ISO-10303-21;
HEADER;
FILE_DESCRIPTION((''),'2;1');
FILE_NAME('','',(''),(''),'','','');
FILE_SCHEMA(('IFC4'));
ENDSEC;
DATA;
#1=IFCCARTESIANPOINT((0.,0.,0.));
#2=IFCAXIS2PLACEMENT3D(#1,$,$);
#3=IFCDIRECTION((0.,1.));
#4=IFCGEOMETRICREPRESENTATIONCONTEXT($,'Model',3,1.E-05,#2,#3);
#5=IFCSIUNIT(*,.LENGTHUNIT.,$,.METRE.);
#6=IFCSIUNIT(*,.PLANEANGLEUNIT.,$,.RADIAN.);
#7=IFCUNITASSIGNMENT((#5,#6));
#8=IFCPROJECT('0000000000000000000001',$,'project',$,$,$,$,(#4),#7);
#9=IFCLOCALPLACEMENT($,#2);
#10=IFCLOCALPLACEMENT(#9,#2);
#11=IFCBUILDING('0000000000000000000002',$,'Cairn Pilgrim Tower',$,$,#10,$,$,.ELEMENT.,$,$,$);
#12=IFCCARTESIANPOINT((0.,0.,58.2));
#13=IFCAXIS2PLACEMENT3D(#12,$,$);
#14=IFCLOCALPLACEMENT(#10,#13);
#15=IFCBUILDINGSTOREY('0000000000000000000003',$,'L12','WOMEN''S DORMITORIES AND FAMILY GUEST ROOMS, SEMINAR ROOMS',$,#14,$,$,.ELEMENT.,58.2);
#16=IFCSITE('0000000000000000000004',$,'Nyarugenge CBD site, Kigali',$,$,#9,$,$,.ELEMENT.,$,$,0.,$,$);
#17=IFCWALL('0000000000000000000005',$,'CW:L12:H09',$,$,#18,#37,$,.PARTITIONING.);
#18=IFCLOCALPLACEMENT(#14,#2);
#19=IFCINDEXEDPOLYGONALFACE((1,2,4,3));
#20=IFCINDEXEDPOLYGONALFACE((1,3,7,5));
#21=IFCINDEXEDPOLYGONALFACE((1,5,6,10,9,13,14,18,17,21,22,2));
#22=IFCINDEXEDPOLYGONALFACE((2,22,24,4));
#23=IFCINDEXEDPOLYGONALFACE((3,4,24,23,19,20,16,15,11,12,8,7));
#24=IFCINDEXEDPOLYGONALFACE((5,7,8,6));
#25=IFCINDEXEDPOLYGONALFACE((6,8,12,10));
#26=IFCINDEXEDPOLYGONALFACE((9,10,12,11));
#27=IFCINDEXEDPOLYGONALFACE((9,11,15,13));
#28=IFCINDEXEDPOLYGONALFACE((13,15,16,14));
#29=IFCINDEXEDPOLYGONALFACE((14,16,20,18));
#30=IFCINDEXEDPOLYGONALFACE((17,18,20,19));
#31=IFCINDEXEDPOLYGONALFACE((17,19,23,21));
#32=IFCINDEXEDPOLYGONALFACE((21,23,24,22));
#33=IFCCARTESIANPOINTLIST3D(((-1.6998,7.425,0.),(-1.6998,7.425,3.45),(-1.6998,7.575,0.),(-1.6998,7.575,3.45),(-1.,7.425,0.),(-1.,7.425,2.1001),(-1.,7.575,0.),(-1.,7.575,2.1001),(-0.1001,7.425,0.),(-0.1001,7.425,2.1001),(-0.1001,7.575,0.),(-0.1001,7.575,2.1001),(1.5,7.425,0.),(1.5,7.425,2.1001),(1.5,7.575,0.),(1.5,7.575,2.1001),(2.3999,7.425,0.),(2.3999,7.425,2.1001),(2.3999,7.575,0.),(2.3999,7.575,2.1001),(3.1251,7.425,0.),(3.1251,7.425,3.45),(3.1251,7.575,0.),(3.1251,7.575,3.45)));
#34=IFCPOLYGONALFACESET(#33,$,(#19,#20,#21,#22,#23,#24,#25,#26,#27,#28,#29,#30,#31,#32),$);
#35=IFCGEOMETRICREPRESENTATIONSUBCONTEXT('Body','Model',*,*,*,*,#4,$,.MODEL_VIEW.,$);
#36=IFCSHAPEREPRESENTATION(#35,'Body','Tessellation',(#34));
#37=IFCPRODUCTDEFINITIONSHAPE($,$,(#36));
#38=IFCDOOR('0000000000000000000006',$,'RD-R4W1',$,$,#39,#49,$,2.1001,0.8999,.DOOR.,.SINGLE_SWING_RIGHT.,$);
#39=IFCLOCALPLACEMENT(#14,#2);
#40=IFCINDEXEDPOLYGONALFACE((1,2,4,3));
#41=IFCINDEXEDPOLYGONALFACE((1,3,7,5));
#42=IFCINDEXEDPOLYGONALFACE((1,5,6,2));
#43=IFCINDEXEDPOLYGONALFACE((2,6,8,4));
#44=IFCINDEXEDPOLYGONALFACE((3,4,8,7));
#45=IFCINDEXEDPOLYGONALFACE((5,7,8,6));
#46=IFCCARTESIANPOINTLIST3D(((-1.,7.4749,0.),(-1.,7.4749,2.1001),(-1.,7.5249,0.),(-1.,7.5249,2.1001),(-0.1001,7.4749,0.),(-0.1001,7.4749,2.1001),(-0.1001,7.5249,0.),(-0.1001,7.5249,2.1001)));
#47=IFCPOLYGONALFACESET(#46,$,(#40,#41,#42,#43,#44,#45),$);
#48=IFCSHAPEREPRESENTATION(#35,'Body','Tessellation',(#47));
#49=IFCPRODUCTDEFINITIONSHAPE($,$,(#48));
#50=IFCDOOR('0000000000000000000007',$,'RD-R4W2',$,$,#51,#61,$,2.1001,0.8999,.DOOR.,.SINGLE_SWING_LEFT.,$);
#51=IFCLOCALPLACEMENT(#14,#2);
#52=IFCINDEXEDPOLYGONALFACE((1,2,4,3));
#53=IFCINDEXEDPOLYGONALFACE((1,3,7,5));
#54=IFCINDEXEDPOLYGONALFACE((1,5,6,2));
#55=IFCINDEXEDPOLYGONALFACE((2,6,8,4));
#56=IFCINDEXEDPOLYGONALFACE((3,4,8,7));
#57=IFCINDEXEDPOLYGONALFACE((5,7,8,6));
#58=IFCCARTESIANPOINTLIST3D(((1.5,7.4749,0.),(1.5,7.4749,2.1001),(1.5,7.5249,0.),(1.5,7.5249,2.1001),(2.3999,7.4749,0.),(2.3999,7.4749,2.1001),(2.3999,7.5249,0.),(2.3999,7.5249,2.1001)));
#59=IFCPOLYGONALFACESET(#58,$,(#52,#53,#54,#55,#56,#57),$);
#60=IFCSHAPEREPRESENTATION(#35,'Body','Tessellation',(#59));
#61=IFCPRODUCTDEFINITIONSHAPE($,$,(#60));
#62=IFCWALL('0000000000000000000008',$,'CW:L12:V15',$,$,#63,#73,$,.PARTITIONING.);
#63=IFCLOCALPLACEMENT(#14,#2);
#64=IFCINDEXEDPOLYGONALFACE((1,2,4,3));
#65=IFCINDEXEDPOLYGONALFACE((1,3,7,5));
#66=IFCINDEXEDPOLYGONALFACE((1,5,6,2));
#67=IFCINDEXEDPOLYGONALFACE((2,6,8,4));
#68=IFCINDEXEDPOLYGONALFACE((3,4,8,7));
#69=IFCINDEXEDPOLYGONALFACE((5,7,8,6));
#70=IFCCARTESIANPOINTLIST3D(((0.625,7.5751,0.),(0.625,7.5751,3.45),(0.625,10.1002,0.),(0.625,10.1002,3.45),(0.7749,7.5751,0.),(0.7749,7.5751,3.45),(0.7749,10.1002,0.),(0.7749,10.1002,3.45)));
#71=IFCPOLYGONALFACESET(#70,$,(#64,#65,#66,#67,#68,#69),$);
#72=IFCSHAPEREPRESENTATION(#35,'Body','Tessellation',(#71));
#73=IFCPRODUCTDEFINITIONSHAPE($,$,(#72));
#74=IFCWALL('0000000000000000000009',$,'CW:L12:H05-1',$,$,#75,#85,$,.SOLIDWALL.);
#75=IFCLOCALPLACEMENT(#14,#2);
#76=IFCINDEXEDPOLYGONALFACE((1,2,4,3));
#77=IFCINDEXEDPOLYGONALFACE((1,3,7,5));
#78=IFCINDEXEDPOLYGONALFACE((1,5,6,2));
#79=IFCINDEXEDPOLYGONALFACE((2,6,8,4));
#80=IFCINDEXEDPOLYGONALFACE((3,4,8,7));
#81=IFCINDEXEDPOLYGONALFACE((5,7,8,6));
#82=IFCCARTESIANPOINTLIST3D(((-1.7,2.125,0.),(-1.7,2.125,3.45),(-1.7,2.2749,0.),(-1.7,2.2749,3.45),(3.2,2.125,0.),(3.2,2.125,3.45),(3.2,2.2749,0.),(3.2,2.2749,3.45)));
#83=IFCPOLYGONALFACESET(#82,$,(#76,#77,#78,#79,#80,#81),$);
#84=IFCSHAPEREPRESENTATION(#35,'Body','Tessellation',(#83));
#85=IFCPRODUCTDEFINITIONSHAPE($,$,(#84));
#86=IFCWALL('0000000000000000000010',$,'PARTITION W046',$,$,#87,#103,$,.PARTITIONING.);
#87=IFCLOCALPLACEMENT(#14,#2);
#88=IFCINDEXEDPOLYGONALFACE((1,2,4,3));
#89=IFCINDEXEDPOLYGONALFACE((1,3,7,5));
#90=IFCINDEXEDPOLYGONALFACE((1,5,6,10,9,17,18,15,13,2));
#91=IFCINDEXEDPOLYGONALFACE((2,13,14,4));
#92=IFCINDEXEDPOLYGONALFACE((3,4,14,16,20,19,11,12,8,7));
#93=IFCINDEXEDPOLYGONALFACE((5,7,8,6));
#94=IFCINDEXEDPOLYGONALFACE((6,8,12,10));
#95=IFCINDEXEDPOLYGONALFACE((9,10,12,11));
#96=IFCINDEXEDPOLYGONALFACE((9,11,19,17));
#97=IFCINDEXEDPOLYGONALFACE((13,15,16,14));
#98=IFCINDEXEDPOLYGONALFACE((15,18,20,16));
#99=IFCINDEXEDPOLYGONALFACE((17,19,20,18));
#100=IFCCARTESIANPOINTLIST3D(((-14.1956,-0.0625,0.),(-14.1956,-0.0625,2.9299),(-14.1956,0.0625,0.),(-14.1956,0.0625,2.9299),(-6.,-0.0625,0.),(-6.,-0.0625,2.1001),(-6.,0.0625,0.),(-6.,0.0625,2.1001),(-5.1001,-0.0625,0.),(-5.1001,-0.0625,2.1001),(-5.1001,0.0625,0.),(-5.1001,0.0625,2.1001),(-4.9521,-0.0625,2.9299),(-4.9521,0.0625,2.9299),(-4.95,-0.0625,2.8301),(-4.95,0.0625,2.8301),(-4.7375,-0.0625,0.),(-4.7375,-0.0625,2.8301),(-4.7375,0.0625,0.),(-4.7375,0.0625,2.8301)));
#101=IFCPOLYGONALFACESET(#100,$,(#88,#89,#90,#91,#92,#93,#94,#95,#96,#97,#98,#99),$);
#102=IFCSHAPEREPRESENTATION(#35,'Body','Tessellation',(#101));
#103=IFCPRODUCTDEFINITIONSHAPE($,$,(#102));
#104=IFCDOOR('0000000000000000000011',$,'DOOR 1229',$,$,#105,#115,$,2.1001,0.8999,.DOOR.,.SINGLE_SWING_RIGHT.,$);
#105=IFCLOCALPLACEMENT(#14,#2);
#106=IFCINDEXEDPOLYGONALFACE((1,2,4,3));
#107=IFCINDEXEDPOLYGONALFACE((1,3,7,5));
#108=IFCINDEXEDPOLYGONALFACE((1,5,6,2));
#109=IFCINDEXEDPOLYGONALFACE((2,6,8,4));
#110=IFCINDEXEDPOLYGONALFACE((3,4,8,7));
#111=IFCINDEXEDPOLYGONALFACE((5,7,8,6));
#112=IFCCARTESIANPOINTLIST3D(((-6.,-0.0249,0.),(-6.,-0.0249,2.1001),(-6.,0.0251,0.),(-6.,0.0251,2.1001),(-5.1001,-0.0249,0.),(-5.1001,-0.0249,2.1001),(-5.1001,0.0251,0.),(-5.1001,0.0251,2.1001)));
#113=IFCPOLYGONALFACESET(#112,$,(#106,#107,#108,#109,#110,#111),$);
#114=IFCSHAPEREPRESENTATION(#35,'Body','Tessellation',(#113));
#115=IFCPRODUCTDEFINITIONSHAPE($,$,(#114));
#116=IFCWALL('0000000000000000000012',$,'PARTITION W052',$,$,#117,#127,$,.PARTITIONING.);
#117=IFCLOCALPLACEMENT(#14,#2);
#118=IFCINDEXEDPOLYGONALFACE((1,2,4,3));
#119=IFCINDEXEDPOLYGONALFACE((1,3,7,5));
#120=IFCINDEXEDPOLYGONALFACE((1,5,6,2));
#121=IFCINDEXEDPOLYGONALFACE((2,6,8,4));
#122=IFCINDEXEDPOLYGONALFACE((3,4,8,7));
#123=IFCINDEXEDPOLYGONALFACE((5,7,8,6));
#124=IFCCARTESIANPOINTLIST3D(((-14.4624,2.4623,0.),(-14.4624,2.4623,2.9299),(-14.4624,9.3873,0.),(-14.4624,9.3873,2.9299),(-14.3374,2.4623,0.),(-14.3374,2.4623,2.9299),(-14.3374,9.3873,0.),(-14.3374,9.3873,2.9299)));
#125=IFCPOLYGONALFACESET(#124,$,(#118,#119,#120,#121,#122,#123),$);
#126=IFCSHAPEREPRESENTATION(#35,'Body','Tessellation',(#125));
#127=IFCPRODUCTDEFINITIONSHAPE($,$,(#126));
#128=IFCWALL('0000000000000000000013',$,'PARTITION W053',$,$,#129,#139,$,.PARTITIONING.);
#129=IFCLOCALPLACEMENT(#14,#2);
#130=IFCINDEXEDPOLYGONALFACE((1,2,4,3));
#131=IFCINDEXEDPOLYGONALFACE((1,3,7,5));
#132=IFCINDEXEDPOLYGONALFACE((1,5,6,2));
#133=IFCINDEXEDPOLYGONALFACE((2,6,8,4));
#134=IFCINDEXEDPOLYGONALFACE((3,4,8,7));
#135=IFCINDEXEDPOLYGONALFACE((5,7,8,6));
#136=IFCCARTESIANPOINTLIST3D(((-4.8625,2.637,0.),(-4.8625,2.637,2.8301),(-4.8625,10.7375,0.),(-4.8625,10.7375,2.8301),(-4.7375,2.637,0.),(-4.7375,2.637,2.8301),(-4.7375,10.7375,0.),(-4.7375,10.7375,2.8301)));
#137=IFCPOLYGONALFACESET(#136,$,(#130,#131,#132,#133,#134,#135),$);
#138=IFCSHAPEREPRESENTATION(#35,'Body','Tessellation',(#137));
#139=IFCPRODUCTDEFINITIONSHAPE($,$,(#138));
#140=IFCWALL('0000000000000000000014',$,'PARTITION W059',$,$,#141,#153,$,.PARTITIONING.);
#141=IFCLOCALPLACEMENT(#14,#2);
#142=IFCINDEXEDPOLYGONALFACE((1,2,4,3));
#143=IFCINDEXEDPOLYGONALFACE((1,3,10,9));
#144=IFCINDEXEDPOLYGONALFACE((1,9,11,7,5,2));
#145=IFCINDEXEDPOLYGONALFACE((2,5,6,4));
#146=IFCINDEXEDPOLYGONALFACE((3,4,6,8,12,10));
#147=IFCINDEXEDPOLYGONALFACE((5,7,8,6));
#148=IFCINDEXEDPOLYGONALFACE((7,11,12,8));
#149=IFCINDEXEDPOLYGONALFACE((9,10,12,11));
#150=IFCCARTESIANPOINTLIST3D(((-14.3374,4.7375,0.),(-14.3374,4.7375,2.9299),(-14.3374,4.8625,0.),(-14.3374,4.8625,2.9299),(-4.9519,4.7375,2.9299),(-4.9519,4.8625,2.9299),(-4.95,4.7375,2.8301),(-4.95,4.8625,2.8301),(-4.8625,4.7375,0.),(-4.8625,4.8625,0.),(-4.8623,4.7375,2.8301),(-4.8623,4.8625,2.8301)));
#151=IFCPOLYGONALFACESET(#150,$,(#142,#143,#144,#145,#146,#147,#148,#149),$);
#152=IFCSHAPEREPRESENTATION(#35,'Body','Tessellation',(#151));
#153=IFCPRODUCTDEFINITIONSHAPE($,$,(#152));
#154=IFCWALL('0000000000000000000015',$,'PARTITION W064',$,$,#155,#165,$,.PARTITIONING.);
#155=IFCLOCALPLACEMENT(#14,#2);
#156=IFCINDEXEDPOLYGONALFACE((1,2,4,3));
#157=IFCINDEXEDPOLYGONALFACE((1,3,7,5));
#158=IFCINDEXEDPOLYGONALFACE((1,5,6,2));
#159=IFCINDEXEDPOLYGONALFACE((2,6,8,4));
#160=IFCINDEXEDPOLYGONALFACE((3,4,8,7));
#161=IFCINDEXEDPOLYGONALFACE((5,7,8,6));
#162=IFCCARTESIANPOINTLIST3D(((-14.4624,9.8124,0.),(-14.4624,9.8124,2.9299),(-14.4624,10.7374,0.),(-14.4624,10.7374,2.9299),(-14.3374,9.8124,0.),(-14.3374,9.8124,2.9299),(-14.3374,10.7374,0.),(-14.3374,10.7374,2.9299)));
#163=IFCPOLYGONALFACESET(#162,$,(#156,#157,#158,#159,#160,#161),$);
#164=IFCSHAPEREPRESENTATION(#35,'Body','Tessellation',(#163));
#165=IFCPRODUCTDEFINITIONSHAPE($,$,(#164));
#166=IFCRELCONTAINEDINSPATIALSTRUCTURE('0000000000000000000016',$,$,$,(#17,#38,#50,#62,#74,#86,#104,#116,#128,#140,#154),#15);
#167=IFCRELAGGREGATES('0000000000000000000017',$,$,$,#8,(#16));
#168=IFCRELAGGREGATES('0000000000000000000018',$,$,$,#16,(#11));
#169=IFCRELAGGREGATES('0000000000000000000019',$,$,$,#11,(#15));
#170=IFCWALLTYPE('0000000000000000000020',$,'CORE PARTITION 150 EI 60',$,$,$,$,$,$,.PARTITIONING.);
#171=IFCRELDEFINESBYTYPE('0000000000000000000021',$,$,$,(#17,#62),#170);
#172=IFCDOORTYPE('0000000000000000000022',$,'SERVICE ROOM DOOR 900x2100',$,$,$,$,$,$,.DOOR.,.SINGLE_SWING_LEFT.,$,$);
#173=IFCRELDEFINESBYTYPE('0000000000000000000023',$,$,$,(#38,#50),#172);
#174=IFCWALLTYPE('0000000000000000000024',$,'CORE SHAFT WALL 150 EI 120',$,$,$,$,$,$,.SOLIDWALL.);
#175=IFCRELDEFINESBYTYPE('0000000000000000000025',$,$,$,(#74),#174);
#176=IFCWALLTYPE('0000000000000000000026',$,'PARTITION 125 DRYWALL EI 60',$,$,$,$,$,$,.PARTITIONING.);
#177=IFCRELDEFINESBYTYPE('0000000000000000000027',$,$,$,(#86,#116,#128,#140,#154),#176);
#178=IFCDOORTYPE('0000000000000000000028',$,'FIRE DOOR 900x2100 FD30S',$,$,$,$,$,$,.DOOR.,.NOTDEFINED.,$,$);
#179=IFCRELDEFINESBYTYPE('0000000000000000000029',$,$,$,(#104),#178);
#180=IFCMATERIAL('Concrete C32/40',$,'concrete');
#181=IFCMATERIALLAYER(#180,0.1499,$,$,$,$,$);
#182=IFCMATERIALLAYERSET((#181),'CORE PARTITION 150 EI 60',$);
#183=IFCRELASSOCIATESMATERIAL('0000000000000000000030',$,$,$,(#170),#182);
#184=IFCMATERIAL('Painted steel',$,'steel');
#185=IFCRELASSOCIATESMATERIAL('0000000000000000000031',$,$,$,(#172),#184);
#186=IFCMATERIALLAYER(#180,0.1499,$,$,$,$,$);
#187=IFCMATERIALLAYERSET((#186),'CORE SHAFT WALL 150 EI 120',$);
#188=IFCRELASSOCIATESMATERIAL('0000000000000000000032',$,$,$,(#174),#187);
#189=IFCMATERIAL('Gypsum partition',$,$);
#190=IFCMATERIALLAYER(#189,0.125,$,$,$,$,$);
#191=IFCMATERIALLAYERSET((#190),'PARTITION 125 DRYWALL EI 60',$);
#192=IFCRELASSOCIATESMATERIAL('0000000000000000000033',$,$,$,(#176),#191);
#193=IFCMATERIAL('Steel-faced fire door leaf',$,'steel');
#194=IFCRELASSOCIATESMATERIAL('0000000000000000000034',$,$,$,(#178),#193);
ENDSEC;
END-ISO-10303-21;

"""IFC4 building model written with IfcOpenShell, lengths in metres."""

from ifc_helpers import new_model, si_unit, direction, frame, frame_2d, origin, place, context, subcontext, project, spatial, polyline, rectangle, outline, extrude, material, layer, layer_set, type_object, element, fill, save


model = new_model("IFC4")

# Units and contexts
model_context = context("Model", 3, precision=1e-05, world=origin(), true_north=direction((0.0, 1.0)))
body_context = subcontext(model_context, "Body", "Model", "MODEL_VIEW")
ifc_project = project(units=[si_unit("LENGTHUNIT", "METRE"), si_unit("PLANEANGLEUNIT", "RADIAN")], contexts=[model_context])

# Site, building, storey
site_placement = place(None, origin())
site = spatial("IfcSite", under=ifc_project, at=site_placement, Name="Nyarugenge CBD site, Kigali", CompositionType="ELEMENT", RefElevation=0.0)
building_placement = place(site_placement, origin())
building = spatial("IfcBuilding", under=site, at=building_placement, Name="Cairn Pilgrim Tower", CompositionType="ELEMENT")
storey_placement = place(building_placement, frame((0.0, 0.0, 58.2)))
storey = spatial("IfcBuildingStorey", under=building, at=storey_placement, Name="L12", Description="WOMEN'S DORMITORIES AND FAMILY GUEST ROOMS, SEMINAR ROOMS", CompositionType="ELEMENT", Elevation=58.2)

# Shared definitions
ifc_material_1 = material(Name="Concrete C32/40", Category="concrete")

# Shared definitions
ifc_layer_1 = layer(ifc_material_1, 0.1499)
ifc_layer_set_1 = layer_set([ifc_layer_1], Name="CORE PARTITION 150 EI 60")
wall_type_1 = type_object("IfcWallType", Name="CORE PARTITION 150 EI 60", PredefinedType="PARTITIONING", material=ifc_layer_set_1)
ifc_material_2 = material(Name="Painted steel", Category="steel")
door_type_1 = type_object("IfcDoorType", Name="SERVICE ROOM DOOR 900x2100", OperationType="SINGLE_SWING_LEFT", PredefinedType="DOOR", material=ifc_material_2)

# Wall, openings, doors
wall_1_placement = place(storey_placement, frame((-1.7, 7.5, 0.0), z_axis=(0.0, 0.0, 1.0), x_axis=(1.0, 0.0, 0.0)))
wall_1 = element("IfcWall", 1, at=wall_1_placement, inside=storey, type_object=wall_type_1, Name="CW:L12:H09", PredefinedType="PARTITIONING", context=body_context, shape_type="SweptSolid", body=[
    extrude(rectangle(XDim=4.825, YDim=0.1499, at=frame_2d((2.4126, 0.0))), origin(), (0.0, 0.0, 1.0), 3.45),
])
opening_1_placement = place(wall_1_placement, frame((0.7, 0.0, 0.0)))
opening_1 = element("IfcOpeningElement", 2, at=opening_1_placement, cuts=wall_1, PredefinedType="OPENING", context=body_context, shape_type="SweptSolid", body=[
    extrude(rectangle(XDim=0.8999, YDim=2.1001, at=frame_2d((0.45, 1.05))), frame((0.0, 0.085, 0.0), z_axis=(0.0, -1.0, 0.0), x_axis=(1.0, 0.0, 0.0)), (0.0, 0.0, 1.0), 0.1699),
])
opening_2_placement = place(wall_1_placement, frame((3.2, 0.0, 0.0)))
opening_2 = element("IfcOpeningElement", 3, at=opening_2_placement, cuts=wall_1, PredefinedType="OPENING", context=body_context, shape_type="SweptSolid", body=[
    extrude(rectangle(XDim=0.8999, YDim=2.1001, at=frame_2d((0.45, 1.05))), frame((0.0, 0.085, 0.0), z_axis=(0.0, -1.0, 0.0), x_axis=(1.0, 0.0, 0.0)), (0.0, 0.0, 1.0), 0.1699),
])
door_1_placement = place(opening_1_placement, origin())
door_1 = element("IfcDoor", 4, at=door_1_placement, inside=storey, type_object=door_type_1, Name="RD-R4W1", OperationType="SINGLE_SWING_RIGHT", OverallHeight=2.1001, OverallWidth=0.8999, PredefinedType="DOOR", context=body_context, shape_type="SweptSolid", body=[
    extrude(rectangle(XDim=0.8999, YDim=2.1001, at=frame_2d((0.45, 1.05))), frame((0.0, 0.0249, 0.0), z_axis=(0.0, -1.0, 0.0), x_axis=(1.0, 0.0, 0.0)), (0.0, 0.0, 1.0), 0.05),
])
fill(opening_1, door_1)
door_2_placement = place(opening_2_placement, origin())
door_2 = element("IfcDoor", 5, at=door_2_placement, inside=storey, type_object=door_type_1, Name="RD-R4W2", OperationType="SINGLE_SWING_LEFT", OverallHeight=2.1001, OverallWidth=0.8999, PredefinedType="DOOR", context=body_context, shape_type="SweptSolid", body=[
    extrude(rectangle(XDim=0.8999, YDim=2.1001, at=frame_2d((0.45, 1.05))), frame((0.0, 0.0249, 0.0), z_axis=(0.0, -1.0, 0.0), x_axis=(1.0, 0.0, 0.0)), (0.0, 0.0, 1.0), 0.05),
])
fill(opening_2, door_2)

# Walls
wall_2_placement = place(storey_placement, frame((0.7, 7.575, 0.0), z_axis=(0.0, 0.0, 1.0), x_axis=(0.0, 1.0, 0.0)))
element("IfcWall", 6, at=wall_2_placement, inside=storey, type_object=wall_type_1, Name="CW:L12:V15", PredefinedType="PARTITIONING", context=body_context, shape_type="SweptSolid", body=[
    extrude(rectangle(XDim=2.5251, YDim=0.1499, at=frame_2d((1.2627, 0.0))), origin(), (0.0, 0.0, 1.0), 3.45),
])
ifc_layer_2 = layer(ifc_material_1, 0.1499)
ifc_layer_set_2 = layer_set([ifc_layer_2], Name="CORE SHAFT WALL 150 EI 120")
wall_type_2 = type_object("IfcWallType", Name="CORE SHAFT WALL 150 EI 120", PredefinedType="SOLIDWALL", material=ifc_layer_set_2)
wall_3_placement = place(storey_placement, frame((-1.7, 2.2, 0.0), z_axis=(0.0, 0.0, 1.0), x_axis=(1.0, 0.0, 0.0)))
element("IfcWall", 7, at=wall_3_placement, inside=storey, type_object=wall_type_2, Name="CW:L12:H05-1", PredefinedType="SOLIDWALL", context=body_context, shape_type="SweptSolid", body=[
    extrude(rectangle(XDim=4.8999, YDim=0.1499, at=frame_2d((2.45, 0.0))), origin(), (0.0, 0.0, 1.0), 3.45),
])

# Wall, opening, door
ifc_material_3 = material(Name="Gypsum partition")
ifc_layer_3 = layer(ifc_material_3, 0.125)
ifc_layer_set_3 = layer_set([ifc_layer_3], Name="PARTITION 125 DRYWALL EI 60")
wall_type_3 = type_object("IfcWallType", Name="PARTITION 125 DRYWALL EI 60", PredefinedType="PARTITIONING", material=ifc_layer_set_3)
wall_4_placement = place(storey_placement, frame((-14.1956, 0.0, 0.0), z_axis=(0.0, 0.0, 1.0), x_axis=(1.0, 0.0, 0.0)))
wall_4 = element("IfcWall", 8, at=wall_4_placement, inside=storey, type_object=wall_type_3, Name="PARTITION W046", PredefinedType="PARTITIONING", context=body_context, shape_type="SweptSolid", body=[
    extrude(outline(polyline([(0.0, 0.0), (9.458, 0.0), (9.458, 2.8301), (9.2456, 2.8301), (9.2434, 2.9299), (0.0, 2.9299), (0.0, 0.0)])), frame((0.0, 0.0625, 0.0), z_axis=(0.0, -1.0, 0.0), x_axis=(1.0, 0.0, 0.0)), (0.0, 0.0, 1.0), 0.125),
])
opening_3_placement = place(wall_4_placement, frame((8.1956, 0.0, 0.0)))
opening_3 = element("IfcOpeningElement", 9, at=opening_3_placement, cuts=wall_4, PredefinedType="OPENING", context=body_context, shape_type="SweptSolid", body=[
    extrude(rectangle(XDim=0.8999, YDim=2.1001, at=frame_2d((0.45, 1.05))), frame((0.0, 0.0725, 0.0), z_axis=(0.0, -1.0, 0.0), x_axis=(1.0, 0.0, 0.0)), (0.0, 0.0, 1.0), 0.145),
])
ifc_material_4 = material(Name="Steel-faced fire door leaf", Category="steel")
door_type_2 = type_object("IfcDoorType", Name="FIRE DOOR 900x2100 FD30S", OperationType="NOTDEFINED", PredefinedType="DOOR", material=ifc_material_4)
door_3_placement = place(opening_3_placement, frame((0.8999, 0.0, 0.0), z_axis=(0.0, 0.0, 1.0), x_axis=(-1.0, 0.0, 0.0)))
door_3 = element("IfcDoor", 10, at=door_3_placement, inside=storey, type_object=door_type_2, Name="DOOR 1229", OperationType="SINGLE_SWING_RIGHT", OverallHeight=2.1001, OverallWidth=0.8999, PredefinedType="DOOR", context=body_context, shape_type="SweptSolid", body=[
    extrude(rectangle(XDim=0.8999, YDim=2.1001, at=frame_2d((0.45, 1.05))), frame((0.0, 0.0249, 0.0), z_axis=(0.0, -1.0, 0.0), x_axis=(1.0, 0.0, 0.0)), (0.0, 0.0, 1.0), 0.05),
])
fill(opening_3, door_3)

# Walls
wall_5_placement = place(storey_placement, frame((-14.3999, 2.4624, 0.0), z_axis=(0.0, 0.0, 1.0), x_axis=(0.0, 1.0, 0.0)))
element("IfcWall", 11, at=wall_5_placement, inside=storey, type_object=wall_type_3, Name="PARTITION W052", PredefinedType="PARTITIONING", context=body_context, shape_type="SweptSolid", body=[
    extrude(rectangle(XDim=6.925, YDim=0.125, at=frame_2d((3.4624, 0.0))), origin(), (0.0, 0.0, 1.0), 2.9299),
])
wall_6_placement = place(storey_placement, frame((-4.8, 2.637, 0.0), z_axis=(0.0, 0.0, 1.0), x_axis=(0.0, 1.0, 0.0)))
element("IfcWall", 12, at=wall_6_placement, inside=storey, type_object=wall_type_3, Name="PARTITION W053", PredefinedType="PARTITIONING", context=body_context, shape_type="SweptSolid", body=[
    extrude(rectangle(XDim=8.1006, YDim=0.125, at=frame_2d((4.0503, 0.0))), origin(), (0.0, 0.0, 1.0), 2.8301),
])
wall_7_placement = place(storey_placement, frame((-14.3374, 4.8, 0.0), z_axis=(0.0, 0.0, 1.0), x_axis=(1.0, 0.0, 0.0)))
element("IfcWall", 13, at=wall_7_placement, inside=storey, type_object=wall_type_3, Name="PARTITION W059", PredefinedType="PARTITIONING", context=body_context, shape_type="SweptSolid", body=[
    extrude(outline(polyline([(0.0, 0.0), (9.4749, 0.0), (9.4751, 2.8301), (9.3875, 2.8301), (9.3855, 2.9299), (0.0, 2.9299), (0.0, 0.0)])), frame((0.0, 0.0625, 0.0), z_axis=(0.0, -1.0, 0.0), x_axis=(1.0, 0.0, 0.0)), (0.0, 0.0, 1.0), 0.125),
])
wall_8_placement = place(storey_placement, frame((-14.3999, 9.8125, 0.0), z_axis=(0.0, 0.0, 1.0), x_axis=(0.0, 1.0, 0.0)))
element("IfcWall", 14, at=wall_8_placement, inside=storey, type_object=wall_type_3, Name="PARTITION W064", PredefinedType="PARTITIONING", context=body_context, shape_type="SweptSolid", body=[
    extrude(rectangle(XDim=0.925, YDim=0.125, at=frame_2d((0.4624, 0.0))), origin(), (0.0, 0.0, 1.0), 2.9299),
])

save(model, "model.ifc")
